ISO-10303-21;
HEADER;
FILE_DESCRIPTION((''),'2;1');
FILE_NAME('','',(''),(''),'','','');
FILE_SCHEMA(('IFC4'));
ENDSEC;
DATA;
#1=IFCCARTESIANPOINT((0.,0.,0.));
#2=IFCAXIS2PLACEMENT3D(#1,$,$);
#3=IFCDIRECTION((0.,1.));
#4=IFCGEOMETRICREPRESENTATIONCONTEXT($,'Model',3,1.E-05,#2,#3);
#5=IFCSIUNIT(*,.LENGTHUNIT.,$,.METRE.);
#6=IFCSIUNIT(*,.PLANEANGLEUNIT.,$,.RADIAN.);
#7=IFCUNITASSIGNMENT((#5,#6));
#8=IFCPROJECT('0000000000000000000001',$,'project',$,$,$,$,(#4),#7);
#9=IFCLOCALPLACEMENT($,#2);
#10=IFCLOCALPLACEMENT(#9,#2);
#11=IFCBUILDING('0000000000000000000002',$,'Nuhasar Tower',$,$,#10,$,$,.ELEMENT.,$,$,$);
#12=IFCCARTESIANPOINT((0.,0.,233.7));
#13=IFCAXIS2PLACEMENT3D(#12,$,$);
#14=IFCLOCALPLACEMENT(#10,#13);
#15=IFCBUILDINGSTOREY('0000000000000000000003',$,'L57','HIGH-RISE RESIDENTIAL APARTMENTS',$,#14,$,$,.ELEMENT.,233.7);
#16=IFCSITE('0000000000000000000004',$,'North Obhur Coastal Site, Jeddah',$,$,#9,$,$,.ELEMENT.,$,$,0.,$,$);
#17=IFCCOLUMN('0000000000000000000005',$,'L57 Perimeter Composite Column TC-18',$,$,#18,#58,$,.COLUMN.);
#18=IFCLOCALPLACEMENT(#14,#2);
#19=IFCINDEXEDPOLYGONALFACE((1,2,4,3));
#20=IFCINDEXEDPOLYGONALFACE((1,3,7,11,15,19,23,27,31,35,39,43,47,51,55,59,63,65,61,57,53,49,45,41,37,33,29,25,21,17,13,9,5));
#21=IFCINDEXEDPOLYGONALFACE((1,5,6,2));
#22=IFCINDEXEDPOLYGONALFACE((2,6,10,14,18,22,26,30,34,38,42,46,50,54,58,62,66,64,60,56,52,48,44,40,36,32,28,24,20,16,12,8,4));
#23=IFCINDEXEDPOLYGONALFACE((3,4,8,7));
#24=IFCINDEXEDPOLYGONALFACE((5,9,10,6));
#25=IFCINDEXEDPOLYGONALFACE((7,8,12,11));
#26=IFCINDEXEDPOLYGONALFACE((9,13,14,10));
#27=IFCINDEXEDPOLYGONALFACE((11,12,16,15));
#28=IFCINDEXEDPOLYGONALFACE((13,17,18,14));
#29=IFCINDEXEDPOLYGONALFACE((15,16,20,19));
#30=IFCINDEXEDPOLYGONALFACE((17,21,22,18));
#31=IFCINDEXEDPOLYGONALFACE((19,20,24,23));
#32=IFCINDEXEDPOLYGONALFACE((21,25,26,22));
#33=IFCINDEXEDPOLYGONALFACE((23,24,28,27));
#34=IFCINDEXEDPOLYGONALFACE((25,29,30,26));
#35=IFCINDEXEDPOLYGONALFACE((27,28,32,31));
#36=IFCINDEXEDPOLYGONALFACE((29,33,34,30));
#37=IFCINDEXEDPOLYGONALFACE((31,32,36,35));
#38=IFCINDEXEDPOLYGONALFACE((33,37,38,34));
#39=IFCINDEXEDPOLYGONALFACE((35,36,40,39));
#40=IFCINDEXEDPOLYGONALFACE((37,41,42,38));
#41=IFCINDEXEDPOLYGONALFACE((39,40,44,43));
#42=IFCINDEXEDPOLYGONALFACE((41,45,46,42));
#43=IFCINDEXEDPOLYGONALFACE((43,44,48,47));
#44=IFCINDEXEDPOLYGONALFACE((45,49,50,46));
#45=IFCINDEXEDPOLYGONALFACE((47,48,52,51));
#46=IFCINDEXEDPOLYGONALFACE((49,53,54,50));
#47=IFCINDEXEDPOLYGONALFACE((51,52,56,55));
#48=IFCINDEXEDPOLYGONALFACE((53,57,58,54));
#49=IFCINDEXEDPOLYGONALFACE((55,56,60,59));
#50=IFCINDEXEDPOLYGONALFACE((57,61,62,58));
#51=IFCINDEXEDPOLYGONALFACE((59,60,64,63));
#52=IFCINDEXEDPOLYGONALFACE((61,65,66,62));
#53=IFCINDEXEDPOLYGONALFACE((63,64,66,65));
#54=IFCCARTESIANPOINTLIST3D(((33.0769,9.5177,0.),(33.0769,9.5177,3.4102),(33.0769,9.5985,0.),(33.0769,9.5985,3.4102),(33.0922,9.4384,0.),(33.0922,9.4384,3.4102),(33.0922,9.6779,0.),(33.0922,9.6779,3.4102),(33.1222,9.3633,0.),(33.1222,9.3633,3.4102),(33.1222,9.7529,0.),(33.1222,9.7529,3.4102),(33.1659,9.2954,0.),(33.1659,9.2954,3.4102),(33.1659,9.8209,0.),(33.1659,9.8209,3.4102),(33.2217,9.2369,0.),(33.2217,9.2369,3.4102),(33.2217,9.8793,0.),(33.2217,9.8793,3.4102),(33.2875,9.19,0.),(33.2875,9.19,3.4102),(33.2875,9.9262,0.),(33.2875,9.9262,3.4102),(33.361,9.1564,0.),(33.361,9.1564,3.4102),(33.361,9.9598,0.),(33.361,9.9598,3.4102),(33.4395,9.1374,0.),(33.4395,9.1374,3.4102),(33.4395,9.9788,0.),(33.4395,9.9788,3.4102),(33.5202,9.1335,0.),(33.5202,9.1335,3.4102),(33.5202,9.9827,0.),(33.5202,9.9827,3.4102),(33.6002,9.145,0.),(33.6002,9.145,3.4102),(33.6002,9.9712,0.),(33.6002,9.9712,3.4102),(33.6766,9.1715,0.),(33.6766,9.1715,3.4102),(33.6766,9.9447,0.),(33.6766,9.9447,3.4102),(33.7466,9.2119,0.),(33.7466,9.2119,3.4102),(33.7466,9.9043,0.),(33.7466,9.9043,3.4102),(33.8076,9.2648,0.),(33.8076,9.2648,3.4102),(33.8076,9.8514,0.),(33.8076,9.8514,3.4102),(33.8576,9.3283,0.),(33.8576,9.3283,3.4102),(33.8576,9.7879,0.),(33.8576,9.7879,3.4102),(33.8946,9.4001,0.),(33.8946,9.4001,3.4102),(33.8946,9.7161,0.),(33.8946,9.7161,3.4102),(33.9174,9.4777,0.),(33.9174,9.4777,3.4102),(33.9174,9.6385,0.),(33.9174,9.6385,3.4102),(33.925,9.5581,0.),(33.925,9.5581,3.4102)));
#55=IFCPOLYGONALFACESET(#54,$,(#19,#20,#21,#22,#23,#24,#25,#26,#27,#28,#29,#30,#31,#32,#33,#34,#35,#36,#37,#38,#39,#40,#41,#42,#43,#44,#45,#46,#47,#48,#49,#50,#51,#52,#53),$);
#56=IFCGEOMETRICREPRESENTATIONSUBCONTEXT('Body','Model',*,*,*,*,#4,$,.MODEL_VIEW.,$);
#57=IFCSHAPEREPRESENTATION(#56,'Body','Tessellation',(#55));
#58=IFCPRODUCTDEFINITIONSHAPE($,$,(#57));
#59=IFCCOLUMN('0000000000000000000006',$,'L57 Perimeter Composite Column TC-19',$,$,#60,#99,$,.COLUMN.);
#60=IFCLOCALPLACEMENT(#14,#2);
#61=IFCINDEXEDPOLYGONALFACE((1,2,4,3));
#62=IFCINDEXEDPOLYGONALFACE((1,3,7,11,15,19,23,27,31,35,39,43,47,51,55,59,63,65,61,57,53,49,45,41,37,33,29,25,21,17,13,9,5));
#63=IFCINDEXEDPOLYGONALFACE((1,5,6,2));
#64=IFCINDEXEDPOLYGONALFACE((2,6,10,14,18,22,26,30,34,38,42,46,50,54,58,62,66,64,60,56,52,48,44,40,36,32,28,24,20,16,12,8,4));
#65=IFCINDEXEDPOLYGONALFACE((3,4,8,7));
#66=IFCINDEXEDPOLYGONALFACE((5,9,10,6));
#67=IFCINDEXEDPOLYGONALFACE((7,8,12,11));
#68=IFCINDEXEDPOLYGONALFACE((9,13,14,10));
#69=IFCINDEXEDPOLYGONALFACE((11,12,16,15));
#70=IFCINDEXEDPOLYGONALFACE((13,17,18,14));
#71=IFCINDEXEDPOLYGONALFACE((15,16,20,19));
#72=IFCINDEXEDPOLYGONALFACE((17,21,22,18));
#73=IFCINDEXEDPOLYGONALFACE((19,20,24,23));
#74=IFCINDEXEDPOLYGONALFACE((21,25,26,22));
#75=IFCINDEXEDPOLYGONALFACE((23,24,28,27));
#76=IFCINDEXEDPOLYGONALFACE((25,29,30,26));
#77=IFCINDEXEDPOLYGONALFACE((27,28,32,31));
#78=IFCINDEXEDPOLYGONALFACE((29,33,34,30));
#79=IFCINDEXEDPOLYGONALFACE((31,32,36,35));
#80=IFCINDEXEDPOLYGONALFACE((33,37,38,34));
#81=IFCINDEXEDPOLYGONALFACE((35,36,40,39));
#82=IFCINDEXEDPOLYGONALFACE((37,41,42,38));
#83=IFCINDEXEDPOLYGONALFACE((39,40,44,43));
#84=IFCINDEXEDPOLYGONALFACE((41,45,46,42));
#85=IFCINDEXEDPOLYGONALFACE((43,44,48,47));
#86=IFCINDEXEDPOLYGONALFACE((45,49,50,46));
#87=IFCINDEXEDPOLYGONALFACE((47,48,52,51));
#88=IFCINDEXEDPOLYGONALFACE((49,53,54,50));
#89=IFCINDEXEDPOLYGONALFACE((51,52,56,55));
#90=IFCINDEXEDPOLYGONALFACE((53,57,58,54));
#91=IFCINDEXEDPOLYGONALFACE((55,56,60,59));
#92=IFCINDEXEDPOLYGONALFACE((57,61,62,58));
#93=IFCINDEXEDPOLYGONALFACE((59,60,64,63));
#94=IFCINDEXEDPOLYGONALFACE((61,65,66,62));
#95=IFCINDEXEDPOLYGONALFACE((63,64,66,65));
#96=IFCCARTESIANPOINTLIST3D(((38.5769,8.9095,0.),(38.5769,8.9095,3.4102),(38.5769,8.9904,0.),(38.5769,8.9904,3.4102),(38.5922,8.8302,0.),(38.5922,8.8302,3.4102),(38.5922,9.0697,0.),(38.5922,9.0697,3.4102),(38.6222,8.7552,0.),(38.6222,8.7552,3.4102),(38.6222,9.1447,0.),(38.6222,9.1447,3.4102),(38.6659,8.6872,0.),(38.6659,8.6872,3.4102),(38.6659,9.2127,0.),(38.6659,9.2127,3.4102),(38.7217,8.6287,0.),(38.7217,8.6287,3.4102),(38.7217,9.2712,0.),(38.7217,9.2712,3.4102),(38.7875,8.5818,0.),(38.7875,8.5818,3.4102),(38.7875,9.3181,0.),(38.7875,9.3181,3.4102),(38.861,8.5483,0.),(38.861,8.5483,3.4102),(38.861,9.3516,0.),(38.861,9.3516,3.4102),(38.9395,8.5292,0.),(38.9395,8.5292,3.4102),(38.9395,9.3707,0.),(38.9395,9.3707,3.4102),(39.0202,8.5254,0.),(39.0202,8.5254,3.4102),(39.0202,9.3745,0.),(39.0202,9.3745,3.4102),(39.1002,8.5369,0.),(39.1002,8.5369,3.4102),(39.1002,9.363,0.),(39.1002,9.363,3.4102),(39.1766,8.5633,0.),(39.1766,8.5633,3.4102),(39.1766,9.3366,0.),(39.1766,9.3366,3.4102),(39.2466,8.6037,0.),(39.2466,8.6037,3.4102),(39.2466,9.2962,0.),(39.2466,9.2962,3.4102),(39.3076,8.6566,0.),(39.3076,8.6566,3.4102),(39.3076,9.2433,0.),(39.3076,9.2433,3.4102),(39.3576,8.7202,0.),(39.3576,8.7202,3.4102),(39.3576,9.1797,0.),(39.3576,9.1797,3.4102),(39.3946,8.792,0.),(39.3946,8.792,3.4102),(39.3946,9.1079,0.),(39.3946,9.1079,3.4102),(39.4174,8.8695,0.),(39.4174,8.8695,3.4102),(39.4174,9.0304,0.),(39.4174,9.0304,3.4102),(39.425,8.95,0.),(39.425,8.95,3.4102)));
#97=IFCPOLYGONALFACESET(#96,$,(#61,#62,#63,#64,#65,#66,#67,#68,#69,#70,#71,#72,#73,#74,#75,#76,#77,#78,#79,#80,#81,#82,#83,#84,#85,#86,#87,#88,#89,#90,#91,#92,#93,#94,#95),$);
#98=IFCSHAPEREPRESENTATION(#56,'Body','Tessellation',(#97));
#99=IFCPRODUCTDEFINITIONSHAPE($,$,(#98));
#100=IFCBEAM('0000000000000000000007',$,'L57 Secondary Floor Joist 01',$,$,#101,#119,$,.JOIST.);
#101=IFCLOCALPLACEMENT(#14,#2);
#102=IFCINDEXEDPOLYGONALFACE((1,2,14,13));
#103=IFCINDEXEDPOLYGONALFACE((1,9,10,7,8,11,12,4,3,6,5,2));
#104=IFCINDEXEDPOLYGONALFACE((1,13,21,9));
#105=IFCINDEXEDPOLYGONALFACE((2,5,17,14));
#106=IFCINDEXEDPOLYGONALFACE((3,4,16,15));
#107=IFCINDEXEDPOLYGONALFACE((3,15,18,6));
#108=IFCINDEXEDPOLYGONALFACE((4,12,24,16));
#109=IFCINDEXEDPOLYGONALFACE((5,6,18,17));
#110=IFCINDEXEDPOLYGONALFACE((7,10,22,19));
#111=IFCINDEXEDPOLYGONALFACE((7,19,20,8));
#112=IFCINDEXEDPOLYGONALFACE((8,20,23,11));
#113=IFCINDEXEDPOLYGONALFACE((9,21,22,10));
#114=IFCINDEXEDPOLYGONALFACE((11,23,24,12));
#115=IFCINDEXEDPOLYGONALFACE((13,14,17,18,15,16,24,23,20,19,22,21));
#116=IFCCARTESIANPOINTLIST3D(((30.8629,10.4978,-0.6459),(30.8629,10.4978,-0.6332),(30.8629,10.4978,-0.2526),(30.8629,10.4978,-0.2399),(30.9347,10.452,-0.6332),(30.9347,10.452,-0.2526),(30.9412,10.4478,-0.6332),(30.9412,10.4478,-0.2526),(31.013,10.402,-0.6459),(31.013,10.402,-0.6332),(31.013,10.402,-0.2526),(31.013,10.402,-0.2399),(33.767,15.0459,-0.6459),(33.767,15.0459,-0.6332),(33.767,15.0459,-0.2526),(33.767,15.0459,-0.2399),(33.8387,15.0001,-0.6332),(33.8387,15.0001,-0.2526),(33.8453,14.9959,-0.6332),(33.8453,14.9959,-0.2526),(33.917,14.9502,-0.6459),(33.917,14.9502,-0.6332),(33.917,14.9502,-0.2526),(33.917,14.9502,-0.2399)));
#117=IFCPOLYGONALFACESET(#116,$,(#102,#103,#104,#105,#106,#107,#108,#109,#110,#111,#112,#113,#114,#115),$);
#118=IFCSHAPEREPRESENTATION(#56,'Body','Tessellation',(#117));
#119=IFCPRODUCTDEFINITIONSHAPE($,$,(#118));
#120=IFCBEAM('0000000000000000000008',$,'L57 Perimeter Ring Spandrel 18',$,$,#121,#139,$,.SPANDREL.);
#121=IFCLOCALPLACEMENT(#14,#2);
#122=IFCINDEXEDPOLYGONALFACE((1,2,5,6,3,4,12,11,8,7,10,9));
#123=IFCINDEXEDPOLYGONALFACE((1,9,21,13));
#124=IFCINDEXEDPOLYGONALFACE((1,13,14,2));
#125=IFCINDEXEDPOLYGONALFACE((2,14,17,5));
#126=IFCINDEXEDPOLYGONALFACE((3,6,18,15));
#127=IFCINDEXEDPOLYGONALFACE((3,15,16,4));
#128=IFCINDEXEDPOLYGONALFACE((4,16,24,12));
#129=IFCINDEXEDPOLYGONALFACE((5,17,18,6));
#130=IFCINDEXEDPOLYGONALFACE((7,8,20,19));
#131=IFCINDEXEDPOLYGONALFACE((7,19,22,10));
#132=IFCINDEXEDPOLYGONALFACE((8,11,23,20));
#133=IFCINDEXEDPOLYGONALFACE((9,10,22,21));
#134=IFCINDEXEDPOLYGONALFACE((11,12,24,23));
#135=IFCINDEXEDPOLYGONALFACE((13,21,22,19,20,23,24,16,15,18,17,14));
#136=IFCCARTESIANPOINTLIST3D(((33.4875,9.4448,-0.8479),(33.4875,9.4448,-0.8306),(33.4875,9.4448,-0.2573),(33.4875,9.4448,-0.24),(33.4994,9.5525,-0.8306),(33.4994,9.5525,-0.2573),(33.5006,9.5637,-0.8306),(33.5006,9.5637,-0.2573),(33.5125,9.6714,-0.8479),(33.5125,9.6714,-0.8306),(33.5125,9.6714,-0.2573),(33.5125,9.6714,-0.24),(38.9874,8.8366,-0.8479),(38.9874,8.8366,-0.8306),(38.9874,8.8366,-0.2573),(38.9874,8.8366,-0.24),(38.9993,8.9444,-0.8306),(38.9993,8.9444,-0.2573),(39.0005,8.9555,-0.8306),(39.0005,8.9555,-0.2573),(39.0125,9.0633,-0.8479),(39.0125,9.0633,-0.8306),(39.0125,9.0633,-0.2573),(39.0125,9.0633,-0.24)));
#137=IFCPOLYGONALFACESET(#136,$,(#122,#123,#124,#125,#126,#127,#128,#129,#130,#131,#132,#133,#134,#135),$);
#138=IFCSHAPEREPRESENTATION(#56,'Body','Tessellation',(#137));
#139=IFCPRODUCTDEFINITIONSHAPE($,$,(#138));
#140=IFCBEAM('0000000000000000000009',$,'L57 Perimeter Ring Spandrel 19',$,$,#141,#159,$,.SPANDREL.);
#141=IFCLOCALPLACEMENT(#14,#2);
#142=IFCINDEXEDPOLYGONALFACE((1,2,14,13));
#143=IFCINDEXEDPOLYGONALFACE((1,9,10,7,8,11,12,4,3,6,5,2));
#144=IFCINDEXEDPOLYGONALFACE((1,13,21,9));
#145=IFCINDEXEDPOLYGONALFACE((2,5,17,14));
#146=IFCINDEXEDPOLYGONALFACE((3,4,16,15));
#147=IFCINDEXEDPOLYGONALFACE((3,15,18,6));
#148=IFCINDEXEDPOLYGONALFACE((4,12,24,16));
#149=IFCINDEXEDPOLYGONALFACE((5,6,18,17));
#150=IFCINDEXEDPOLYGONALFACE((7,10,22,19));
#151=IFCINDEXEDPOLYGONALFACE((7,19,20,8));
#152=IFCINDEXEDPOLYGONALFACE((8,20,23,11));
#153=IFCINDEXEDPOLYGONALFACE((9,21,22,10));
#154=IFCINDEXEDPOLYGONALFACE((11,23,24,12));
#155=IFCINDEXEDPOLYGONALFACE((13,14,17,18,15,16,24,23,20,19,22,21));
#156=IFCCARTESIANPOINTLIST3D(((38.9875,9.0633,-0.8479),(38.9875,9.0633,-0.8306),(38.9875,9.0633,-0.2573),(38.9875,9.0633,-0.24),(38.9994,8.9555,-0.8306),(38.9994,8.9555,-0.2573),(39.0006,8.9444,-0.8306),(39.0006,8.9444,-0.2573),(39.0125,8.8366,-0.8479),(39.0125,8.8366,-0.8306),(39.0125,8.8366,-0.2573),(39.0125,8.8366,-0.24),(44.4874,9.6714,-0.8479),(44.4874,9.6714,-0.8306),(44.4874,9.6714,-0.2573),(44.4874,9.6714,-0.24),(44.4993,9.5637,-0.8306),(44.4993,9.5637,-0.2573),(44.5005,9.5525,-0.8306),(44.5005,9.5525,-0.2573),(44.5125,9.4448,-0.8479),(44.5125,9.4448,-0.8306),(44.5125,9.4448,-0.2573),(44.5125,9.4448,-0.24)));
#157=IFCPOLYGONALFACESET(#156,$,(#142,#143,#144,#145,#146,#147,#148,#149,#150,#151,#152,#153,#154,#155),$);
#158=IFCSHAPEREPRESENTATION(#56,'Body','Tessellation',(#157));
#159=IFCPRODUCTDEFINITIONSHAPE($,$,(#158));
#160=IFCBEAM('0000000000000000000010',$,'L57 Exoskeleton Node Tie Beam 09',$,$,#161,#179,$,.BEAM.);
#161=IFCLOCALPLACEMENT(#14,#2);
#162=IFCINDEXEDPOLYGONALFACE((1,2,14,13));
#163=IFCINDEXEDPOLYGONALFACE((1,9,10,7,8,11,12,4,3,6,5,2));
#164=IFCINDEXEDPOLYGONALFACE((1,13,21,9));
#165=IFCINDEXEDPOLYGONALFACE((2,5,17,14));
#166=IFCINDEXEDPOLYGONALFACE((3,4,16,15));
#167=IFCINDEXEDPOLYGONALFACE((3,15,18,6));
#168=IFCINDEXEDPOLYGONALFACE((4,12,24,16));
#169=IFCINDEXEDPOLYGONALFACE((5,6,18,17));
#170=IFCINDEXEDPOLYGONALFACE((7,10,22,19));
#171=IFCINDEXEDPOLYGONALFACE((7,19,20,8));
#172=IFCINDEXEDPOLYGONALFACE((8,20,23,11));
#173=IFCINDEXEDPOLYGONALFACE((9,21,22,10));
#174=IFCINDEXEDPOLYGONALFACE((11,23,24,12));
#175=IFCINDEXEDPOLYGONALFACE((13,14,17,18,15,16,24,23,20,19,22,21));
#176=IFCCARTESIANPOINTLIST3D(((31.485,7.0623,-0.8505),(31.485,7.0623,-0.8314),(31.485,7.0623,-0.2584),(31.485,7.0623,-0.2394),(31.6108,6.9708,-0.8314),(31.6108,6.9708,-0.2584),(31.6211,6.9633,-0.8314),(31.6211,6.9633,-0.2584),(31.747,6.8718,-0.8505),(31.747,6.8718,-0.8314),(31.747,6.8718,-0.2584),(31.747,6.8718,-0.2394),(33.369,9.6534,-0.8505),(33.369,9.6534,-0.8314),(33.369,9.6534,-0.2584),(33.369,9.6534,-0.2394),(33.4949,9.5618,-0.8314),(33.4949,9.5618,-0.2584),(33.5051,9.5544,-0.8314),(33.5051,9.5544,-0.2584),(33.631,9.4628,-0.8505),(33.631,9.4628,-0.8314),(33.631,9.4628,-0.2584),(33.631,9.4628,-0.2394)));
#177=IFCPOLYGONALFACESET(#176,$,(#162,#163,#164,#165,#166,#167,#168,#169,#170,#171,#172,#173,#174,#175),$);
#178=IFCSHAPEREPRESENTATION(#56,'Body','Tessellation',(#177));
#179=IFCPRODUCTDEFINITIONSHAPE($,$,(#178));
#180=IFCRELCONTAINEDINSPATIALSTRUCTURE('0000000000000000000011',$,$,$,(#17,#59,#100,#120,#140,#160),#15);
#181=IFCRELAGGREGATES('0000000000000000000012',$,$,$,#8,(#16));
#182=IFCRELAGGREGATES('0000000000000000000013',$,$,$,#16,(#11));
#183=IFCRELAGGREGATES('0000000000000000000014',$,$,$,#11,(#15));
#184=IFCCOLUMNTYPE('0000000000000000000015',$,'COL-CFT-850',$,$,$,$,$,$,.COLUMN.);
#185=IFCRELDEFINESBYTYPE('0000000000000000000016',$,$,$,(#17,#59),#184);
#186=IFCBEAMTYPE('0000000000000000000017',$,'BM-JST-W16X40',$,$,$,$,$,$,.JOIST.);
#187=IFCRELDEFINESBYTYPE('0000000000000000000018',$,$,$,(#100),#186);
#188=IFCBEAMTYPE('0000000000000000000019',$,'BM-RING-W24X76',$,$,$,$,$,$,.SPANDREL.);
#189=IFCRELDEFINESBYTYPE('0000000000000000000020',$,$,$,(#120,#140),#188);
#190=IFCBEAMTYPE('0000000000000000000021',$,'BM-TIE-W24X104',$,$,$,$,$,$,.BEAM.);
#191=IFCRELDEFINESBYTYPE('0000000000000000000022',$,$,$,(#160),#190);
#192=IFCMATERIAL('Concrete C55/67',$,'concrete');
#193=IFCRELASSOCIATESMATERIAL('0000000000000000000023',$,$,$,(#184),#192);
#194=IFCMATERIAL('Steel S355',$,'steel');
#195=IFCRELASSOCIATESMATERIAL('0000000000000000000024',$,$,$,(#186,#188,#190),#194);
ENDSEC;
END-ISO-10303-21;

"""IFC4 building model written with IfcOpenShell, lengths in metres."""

from ifc_helpers import new_model, si_unit, direction, frame, origin, origin_2d, place, context, subcontext, project, spatial, circle, i_section, extrude, material, material_profile, profile_set, type_object, element, save


model = new_model("IFC4")

# Units and contexts
model_context = context("Model", 3, precision=1e-05, world=origin(), true_north=direction((0.0, 1.0)))
body_context = subcontext(model_context, "Body", "Model", "MODEL_VIEW")
ifc_project = project(units=[si_unit("LENGTHUNIT", "METRE"), si_unit("PLANEANGLEUNIT", "RADIAN")], contexts=[model_context])

# Site, building, storey
site_placement = place(None, origin())
site = spatial("IfcSite", under=ifc_project, at=site_placement, Name="North Obhur Coastal Site, Jeddah", CompositionType="ELEMENT", RefElevation=0.0)
building_placement = place(site_placement, origin())
building = spatial("IfcBuilding", under=site, at=building_placement, Name="Nuhasar Tower", CompositionType="ELEMENT")
storey_placement = place(building_placement, frame((0.0, 0.0, 233.7)))
storey = spatial("IfcBuildingStorey", under=building, at=storey_placement, Name="L57", Description="HIGH-RISE RESIDENTIAL APARTMENTS", CompositionType="ELEMENT", Elevation=233.7)

# Columns
ifc_material_1 = material(Name="Concrete C55/67", Category="concrete")
ifc_material_profile_1 = material_profile(ifc_material_1, circle(Radius=0.425, at=origin_2d()), Name="CFT850")
ifc_profile_set_1 = profile_set([ifc_material_profile_1], Name="Concrete C55/67")
column_type = type_object("IfcColumnType", Name="COL-CFT-850", PredefinedType="COLUMN", material=ifc_profile_set_1)
for number, where, z_axis, x_axis, name in (
    (1, (33.5, 9.5581, 0.0), (0.0, 0.0, 1.0), (1.0, 0.0, 0.0), "L57 Perimeter Composite Column TC-18"),
    (2, (39.0, 8.95, 0.0), (0.0, 0.0, 1.0), (1.0, 0.0, 0.0), "L57 Perimeter Composite Column TC-19"),
):
    element("IfcColumn", number, at=place(storey_placement, frame(where, z_axis=z_axis, x_axis=x_axis)), inside=storey, type_object=column_type, Name=name, PredefinedType="COLUMN", context=body_context, shape_type="SweptSolid", body=[
        extrude(circle(Radius=0.425, at=origin_2d()), origin(), (0.0, 0.0, 1.0), 3.4102),
    ])

# Beams
ifc_material_2 = material(Name="Steel S355", Category="steel")
ifc_material_profile_2 = material_profile(ifc_material_2, i_section(OverallWidth=0.178, OverallDepth=0.406, WebThickness=0.0078, FlangeThickness=0.0127, at=origin_2d()), Name="W16X40")
ifc_profile_set_2 = profile_set([ifc_material_profile_2], Name="Steel S355")
beam_type_1 = type_object("IfcBeamType", Name="BM-JST-W16X40", PredefinedType="JOIST", material=ifc_profile_set_2)
beam_1_placement = place(storey_placement, frame((33.842, 14.998, -0.4429), z_axis=(-0.538169, -0.842837, 0.0), x_axis=(0.842837, -0.538169, 0.0)))
element("IfcBeam", 3, at=beam_1_placement, inside=storey, type_object=beam_type_1, Name="L57 Secondary Floor Joist 01", PredefinedType="JOIST", context=body_context, shape_type="SweptSolid", body=[
    extrude(i_section(OverallWidth=0.178, OverallDepth=0.406, WebThickness=0.0078, FlangeThickness=0.0127, at=origin_2d()), origin(), (0.0, 0.0, 1.0), 5.3962),
])
ifc_material_profile_3 = material_profile(ifc_material_2, i_section(OverallWidth=0.228, OverallDepth=0.6079, WebThickness=0.0112, FlangeThickness=0.0173, at=origin_2d()), Name="W24X76")
ifc_profile_set_3 = profile_set([ifc_material_profile_3], Name="Steel S355")
beam_type_2 = type_object("IfcBeamType", Name="BM-RING-W24X76", PredefinedType="SPANDREL", material=ifc_profile_set_3)
for number, where, z_axis, x_axis, name in (
    (4, (33.5, 9.5581, -0.5439), (0.993942, -0.109904, 0.0), (0.109904, 0.993942, 0.0), "L57 Perimeter Ring Spandrel 18"),
    (5, (39.0, 8.95, -0.5439), (0.993942, 0.109904, 0.0), (-0.109904, 0.993942, 0.0), "L57 Perimeter Ring Spandrel 19"),
):
    element("IfcBeam", number, at=place(storey_placement, frame(where, z_axis=z_axis, x_axis=x_axis)), inside=storey, type_object=beam_type_2, Name=name, PredefinedType="SPANDREL", context=body_context, shape_type="SweptSolid", body=[
        extrude(i_section(OverallWidth=0.228, OverallDepth=0.6079, WebThickness=0.0112, FlangeThickness=0.0173, at=origin_2d()), origin(), (0.0, 0.0, 1.0), 5.5334),
    ])
ifc_material_profile_4 = material_profile(ifc_material_2, i_section(OverallWidth=0.324, OverallDepth=0.6111, WebThickness=0.0127, FlangeThickness=0.019, at=origin_2d()), Name="W24X104")
ifc_profile_set_4 = profile_set([ifc_material_profile_4], Name="Steel S355")
beam_type_3 = type_object("IfcBeamType", Name="BM-TIE-W24X104", PredefinedType="BEAM", material=ifc_profile_set_4)
beam_2_placement = place(storey_placement, frame((33.5, 9.5581, -0.5449), z_axis=(-0.588095, -0.808792, 0.0), x_axis=(0.808792, -0.588095, 0.0)))
element("IfcBeam", 6, at=beam_2_placement, inside=storey, type_object=beam_type_3, Name="L57 Exoskeleton Node Tie Beam 09", PredefinedType="BEAM", context=body_context, shape_type="SweptSolid", body=[
    extrude(i_section(OverallWidth=0.324, OverallDepth=0.6111, WebThickness=0.0127, FlangeThickness=0.019, at=origin_2d()), origin(), (0.0, 0.0, 1.0), 3.2036),
])

save(model, "model.ifc")
